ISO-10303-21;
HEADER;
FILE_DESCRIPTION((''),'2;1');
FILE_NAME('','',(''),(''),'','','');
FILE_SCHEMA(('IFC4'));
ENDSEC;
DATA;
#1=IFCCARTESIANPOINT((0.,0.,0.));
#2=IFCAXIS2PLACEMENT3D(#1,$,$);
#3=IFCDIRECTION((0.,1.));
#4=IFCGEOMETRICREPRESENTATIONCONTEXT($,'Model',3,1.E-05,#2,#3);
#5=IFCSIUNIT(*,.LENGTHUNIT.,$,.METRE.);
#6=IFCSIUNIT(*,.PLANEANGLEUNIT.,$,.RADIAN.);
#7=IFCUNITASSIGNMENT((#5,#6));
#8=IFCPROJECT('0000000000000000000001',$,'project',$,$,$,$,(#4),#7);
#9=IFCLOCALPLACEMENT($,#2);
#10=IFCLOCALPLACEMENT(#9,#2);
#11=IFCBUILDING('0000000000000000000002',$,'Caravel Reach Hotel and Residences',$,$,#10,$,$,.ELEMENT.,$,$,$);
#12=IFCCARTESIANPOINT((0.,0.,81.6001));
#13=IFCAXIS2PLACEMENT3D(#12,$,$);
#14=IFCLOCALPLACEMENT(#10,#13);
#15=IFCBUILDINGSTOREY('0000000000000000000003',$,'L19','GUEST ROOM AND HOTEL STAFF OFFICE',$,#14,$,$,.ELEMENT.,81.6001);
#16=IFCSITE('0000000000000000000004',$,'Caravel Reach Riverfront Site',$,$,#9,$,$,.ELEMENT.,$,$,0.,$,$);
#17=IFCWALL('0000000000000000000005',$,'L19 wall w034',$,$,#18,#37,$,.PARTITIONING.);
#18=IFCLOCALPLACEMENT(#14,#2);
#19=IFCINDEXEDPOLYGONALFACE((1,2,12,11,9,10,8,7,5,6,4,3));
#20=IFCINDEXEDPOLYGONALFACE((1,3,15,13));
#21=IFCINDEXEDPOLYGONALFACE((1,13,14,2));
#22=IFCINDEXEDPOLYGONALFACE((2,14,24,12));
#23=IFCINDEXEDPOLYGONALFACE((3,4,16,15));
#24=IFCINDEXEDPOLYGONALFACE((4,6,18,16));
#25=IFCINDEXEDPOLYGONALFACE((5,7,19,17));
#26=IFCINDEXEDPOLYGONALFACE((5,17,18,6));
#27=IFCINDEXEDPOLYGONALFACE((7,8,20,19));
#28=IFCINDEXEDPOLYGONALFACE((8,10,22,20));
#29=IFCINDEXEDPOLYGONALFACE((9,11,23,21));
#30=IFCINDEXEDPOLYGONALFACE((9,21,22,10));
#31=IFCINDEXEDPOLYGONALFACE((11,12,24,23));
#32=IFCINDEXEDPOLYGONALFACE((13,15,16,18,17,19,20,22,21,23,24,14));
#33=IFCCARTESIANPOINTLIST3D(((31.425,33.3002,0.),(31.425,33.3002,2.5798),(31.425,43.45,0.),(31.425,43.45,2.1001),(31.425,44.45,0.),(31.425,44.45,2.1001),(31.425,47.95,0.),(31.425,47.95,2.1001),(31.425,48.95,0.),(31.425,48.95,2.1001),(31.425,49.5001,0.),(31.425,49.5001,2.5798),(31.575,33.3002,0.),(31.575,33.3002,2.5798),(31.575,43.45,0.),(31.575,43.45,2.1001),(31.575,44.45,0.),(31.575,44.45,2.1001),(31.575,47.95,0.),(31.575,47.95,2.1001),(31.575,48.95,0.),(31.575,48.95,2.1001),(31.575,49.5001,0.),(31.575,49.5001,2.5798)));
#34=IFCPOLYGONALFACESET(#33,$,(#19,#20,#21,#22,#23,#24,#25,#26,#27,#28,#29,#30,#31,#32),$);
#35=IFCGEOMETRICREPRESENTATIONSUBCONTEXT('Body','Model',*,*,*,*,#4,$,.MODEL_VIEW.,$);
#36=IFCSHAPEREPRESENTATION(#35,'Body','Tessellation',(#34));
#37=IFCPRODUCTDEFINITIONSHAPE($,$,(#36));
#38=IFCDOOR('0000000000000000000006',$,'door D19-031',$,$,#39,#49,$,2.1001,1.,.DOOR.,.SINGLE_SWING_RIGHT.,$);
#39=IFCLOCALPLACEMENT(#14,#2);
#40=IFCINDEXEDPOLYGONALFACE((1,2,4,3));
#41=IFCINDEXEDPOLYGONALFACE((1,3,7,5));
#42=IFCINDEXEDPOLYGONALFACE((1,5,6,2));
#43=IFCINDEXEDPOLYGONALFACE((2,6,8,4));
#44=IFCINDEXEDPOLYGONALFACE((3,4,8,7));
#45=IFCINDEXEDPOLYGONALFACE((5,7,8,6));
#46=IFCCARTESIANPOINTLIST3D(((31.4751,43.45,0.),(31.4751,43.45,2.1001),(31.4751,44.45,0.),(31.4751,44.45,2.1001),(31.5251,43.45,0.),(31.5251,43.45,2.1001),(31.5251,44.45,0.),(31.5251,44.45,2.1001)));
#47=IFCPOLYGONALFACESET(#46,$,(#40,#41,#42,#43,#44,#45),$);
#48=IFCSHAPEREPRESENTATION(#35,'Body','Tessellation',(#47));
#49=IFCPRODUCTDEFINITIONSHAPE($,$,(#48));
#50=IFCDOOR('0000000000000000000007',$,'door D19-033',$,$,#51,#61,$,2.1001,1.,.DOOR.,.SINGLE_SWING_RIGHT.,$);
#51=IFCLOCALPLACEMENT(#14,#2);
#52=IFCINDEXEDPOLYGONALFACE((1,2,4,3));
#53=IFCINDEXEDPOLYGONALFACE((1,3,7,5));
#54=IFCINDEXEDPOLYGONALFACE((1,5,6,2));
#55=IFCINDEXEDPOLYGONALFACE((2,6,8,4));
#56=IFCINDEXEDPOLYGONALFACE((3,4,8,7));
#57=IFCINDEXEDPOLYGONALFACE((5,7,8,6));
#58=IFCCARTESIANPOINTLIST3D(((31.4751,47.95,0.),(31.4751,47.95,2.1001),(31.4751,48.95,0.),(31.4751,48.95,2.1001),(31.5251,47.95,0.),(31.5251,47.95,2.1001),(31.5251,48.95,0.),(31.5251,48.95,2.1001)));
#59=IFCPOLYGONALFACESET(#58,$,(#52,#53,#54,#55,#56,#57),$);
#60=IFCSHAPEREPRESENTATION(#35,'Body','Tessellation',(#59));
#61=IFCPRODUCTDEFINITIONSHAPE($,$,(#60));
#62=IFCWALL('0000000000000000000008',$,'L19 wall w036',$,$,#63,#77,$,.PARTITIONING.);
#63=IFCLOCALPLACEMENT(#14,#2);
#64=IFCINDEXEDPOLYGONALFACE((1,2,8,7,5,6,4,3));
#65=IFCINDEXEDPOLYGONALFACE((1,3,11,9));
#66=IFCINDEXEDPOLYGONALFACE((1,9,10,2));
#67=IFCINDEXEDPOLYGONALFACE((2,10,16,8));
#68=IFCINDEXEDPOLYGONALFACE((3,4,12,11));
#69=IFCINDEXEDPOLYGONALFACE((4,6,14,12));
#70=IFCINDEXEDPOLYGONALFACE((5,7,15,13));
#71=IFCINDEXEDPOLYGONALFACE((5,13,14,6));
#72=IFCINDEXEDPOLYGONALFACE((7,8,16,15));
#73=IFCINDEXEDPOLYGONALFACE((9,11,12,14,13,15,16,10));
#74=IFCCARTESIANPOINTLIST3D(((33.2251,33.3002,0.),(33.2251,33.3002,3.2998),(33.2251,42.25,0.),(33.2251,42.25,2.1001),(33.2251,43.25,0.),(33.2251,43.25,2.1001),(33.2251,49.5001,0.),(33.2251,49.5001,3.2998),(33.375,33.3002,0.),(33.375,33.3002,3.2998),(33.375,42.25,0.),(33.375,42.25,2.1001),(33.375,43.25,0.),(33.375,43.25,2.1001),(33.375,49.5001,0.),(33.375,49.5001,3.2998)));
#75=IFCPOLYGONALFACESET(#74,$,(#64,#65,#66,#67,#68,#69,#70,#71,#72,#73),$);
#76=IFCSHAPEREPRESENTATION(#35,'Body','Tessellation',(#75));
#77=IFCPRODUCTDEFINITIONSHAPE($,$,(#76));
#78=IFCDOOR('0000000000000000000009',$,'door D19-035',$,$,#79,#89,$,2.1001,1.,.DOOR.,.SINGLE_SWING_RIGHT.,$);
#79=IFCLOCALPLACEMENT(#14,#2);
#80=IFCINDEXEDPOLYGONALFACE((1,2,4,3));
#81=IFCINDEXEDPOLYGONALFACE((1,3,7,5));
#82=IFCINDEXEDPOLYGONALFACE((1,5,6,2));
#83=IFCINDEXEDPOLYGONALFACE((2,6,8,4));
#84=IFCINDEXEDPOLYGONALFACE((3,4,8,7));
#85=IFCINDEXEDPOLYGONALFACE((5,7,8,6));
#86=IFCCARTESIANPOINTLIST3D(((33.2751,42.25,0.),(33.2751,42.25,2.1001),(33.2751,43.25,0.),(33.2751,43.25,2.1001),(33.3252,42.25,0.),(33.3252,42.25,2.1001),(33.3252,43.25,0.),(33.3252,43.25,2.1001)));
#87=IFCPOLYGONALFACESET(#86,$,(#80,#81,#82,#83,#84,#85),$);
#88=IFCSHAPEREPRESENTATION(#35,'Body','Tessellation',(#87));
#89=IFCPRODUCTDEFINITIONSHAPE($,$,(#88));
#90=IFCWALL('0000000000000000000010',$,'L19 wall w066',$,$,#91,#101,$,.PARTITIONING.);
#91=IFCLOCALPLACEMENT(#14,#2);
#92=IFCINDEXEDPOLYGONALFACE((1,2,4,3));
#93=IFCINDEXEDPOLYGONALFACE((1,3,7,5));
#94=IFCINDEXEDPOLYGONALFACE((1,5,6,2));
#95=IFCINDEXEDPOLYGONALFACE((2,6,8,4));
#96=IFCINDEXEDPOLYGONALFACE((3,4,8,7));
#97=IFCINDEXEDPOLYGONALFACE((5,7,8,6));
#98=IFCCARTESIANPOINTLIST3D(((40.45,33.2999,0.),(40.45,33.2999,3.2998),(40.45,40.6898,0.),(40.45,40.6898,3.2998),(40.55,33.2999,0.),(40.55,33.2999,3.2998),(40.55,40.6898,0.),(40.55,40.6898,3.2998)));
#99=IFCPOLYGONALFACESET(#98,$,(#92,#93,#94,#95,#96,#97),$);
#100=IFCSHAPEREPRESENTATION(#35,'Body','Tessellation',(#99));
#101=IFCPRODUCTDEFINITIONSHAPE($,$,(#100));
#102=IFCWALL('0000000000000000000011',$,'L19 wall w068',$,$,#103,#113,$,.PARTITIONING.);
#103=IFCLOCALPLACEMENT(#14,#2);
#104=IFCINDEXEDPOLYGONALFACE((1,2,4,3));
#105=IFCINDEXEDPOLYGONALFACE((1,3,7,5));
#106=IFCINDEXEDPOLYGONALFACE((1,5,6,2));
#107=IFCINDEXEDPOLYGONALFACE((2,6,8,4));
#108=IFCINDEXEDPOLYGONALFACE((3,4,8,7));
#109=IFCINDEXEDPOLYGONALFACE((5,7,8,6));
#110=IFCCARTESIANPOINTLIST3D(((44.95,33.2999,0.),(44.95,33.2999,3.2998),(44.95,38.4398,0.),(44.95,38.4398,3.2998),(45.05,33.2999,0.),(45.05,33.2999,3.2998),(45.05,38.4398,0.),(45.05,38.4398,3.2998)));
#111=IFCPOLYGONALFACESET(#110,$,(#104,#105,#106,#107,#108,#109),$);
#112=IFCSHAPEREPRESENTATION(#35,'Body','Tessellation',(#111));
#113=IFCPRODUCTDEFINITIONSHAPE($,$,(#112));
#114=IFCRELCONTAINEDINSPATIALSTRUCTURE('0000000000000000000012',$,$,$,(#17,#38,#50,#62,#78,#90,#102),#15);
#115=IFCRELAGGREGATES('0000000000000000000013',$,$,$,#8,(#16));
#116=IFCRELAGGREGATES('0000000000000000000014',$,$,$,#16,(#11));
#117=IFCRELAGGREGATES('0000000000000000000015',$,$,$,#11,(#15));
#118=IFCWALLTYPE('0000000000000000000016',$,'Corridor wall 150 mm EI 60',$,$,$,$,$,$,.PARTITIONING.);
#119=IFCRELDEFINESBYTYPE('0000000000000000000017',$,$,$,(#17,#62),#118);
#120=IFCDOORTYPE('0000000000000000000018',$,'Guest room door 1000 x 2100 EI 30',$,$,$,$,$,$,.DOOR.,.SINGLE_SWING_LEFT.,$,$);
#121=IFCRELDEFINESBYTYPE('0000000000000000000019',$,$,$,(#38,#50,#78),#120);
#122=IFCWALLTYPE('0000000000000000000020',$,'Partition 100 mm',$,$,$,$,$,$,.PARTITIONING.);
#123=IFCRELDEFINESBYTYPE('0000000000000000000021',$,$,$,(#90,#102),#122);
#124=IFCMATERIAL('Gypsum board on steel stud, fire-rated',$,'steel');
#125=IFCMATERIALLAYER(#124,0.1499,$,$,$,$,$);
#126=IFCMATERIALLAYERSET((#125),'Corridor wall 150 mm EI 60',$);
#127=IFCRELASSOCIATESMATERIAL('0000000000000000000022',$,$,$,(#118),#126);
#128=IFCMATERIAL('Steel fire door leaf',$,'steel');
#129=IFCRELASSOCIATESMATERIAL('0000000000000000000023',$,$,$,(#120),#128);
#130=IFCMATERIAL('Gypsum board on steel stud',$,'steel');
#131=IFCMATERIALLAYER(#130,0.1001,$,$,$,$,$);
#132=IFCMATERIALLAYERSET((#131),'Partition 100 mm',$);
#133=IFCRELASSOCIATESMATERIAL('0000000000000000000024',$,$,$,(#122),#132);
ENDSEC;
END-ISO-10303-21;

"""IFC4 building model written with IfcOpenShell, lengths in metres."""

from ifc_helpers import new_model, si_unit, direction, frame, frame_2d, origin, place, context, subcontext, project, spatial, rectangle, extrude, material, layer, layer_set, type_object, element, fill, save


model = new_model("IFC4")

# Units and contexts
model_context = context("Model", 3, precision=1e-05, world=origin(), true_north=direction((0.0, 1.0)))
body_context = subcontext(model_context, "Body", "Model", "MODEL_VIEW")
ifc_project = project(units=[si_unit("LENGTHUNIT", "METRE"), si_unit("PLANEANGLEUNIT", "RADIAN")], contexts=[model_context])

# Site, building, storey
site_placement = place(None, origin())
site = spatial("IfcSite", under=ifc_project, at=site_placement, Name="Caravel Reach Riverfront Site", CompositionType="ELEMENT", RefElevation=0.0)
building_placement = place(site_placement, origin())
building = spatial("IfcBuilding", under=site, at=building_placement, Name="Caravel Reach Hotel and Residences", CompositionType="ELEMENT")
storey_placement = place(building_placement, frame((0.0, 0.0, 81.6001)))
storey = spatial("IfcBuildingStorey", under=building, at=storey_placement, Name="L19", Description="GUEST ROOM AND HOTEL STAFF OFFICE", CompositionType="ELEMENT", Elevation=81.6001)

# Wall, openings, doors
ifc_material_1 = material(Name="Gypsum board on steel stud, fire-rated", Category="steel")
ifc_layer_1 = layer(ifc_material_1, 0.1499)
ifc_layer_set_1 = layer_set([ifc_layer_1], Name="Corridor wall 150 mm EI 60")
wall_type_1 = type_object("IfcWallType", Name="Corridor wall 150 mm EI 60", PredefinedType="PARTITIONING", material=ifc_layer_set_1)
ifc_material_2 = material(Name="Steel fire door leaf", Category="steel")
door_type_1 = type_object("IfcDoorType", Name="Guest room door 1000 x 2100 EI 30", OperationType="SINGLE_SWING_LEFT", PredefinedType="DOOR", material=ifc_material_2)
wall_1_placement = place(storey_placement, frame((31.5, 33.3, 0.0), z_axis=(0.0, 0.0, 1.0), x_axis=(0.0, 1.0, 0.0)))
wall_1 = element("IfcWall", 1, at=wall_1_placement, inside=storey, type_object=wall_type_1, Name="L19 wall w034", PredefinedType="PARTITIONING", context=body_context, shape_type="SweptSolid", body=[
    extrude(rectangle(XDim=16.2, YDim=0.1499, at=frame_2d((8.1001, 0.0))), origin(), (0.0, 0.0, 1.0), 2.5798),
])
opening_1_placement = place(wall_1_placement, frame((10.1499, 0.0, 0.0)))
opening_1 = element("IfcOpeningElement", 2, at=opening_1_placement, cuts=wall_1, PredefinedType="OPENING", context=body_context, shape_type="SweptSolid", body=[
    extrude(rectangle(XDim=1.0, YDim=2.1001, at=frame_2d((0.5, 1.05))), frame((0.0, 0.085, 0.0), z_axis=(0.0, -1.0, 0.0), x_axis=(1.0, 0.0, 0.0)), (0.0, 0.0, 1.0), 0.1699),
])
opening_2_placement = place(wall_1_placement, frame((14.6499, 0.0, 0.0)))
opening_2 = element("IfcOpeningElement", 3, at=opening_2_placement, cuts=wall_1, PredefinedType="OPENING", context=body_context, shape_type="SweptSolid", body=[
    extrude(rectangle(XDim=1.0, YDim=2.1001, at=frame_2d((0.5, 1.05))), frame((0.0, 0.085, 0.0), z_axis=(0.0, -1.0, 0.0), x_axis=(1.0, 0.0, 0.0)), (0.0, 0.0, 1.0), 0.1699),
])
door_1_placement = place(opening_1_placement, origin())
door_1 = element("IfcDoor", 4, at=door_1_placement, inside=storey, type_object=door_type_1, Name="door D19-031", OperationType="SINGLE_SWING_RIGHT", OverallHeight=2.1001, OverallWidth=1.0, PredefinedType="DOOR", context=body_context, shape_type="SweptSolid", body=[
    extrude(rectangle(XDim=1.0, YDim=2.1001, at=frame_2d((0.5, 1.05))), frame((0.0, 0.0249, 0.0), z_axis=(0.0, -1.0, 0.0), x_axis=(1.0, 0.0, 0.0)), (0.0, 0.0, 1.0), 0.05),
])
fill(opening_1, door_1)
door_2_placement = place(opening_2_placement, origin())
door_2 = element("IfcDoor", 5, at=door_2_placement, inside=storey, type_object=door_type_1, Name="door D19-033", OperationType="SINGLE_SWING_RIGHT", OverallHeight=2.1001, OverallWidth=1.0, PredefinedType="DOOR", context=body_context, shape_type="SweptSolid", body=[
    extrude(rectangle(XDim=1.0, YDim=2.1001, at=frame_2d((0.5, 1.05))), frame((0.0, 0.0249, 0.0), z_axis=(0.0, -1.0, 0.0), x_axis=(1.0, 0.0, 0.0)), (0.0, 0.0, 1.0), 0.05),
])
fill(opening_2, door_2)

# Wall, opening, door
wall_2_placement = place(storey_placement, frame((33.3, 33.3, 0.0), z_axis=(0.0, 0.0, 1.0), x_axis=(0.0, 1.0, 0.0)))
wall_2 = element("IfcWall", 6, at=wall_2_placement, inside=storey, type_object=wall_type_1, Name="L19 wall w036", PredefinedType="PARTITIONING", context=body_context, shape_type="SweptSolid", body=[
    extrude(rectangle(XDim=16.2, YDim=0.1499, at=frame_2d((8.1001, 0.0))), origin(), (0.0, 0.0, 1.0), 3.2998),
])
opening_3_placement = place(wall_2_placement, frame((8.95, 0.0, 0.0)))
opening_3 = element("IfcOpeningElement", 7, at=opening_3_placement, cuts=wall_2, PredefinedType="OPENING", context=body_context, shape_type="SweptSolid", body=[
    extrude(rectangle(XDim=1.0, YDim=2.1001, at=frame_2d((0.5, 1.05))), frame((0.0, 0.085, 0.0), z_axis=(0.0, -1.0, 0.0), x_axis=(1.0, 0.0, 0.0)), (0.0, 0.0, 1.0), 0.1699),
])
door_3_placement = place(opening_3_placement, origin())
door_3 = element("IfcDoor", 8, at=door_3_placement, inside=storey, type_object=door_type_1, Name="door D19-035", OperationType="SINGLE_SWING_RIGHT", OverallHeight=2.1001, OverallWidth=1.0, PredefinedType="DOOR", context=body_context, shape_type="SweptSolid", body=[
    extrude(rectangle(XDim=1.0, YDim=2.1001, at=frame_2d((0.5, 1.05))), frame((0.0, 0.0249, 0.0), z_axis=(0.0, -1.0, 0.0), x_axis=(1.0, 0.0, 0.0)), (0.0, 0.0, 1.0), 0.05),
])
fill(opening_3, door_3)

# Walls
ifc_material_3 = material(Name="Gypsum board on steel stud", Category="steel")
ifc_layer_2 = layer(ifc_material_3, 0.1001)
ifc_layer_set_2 = layer_set([ifc_layer_2], Name="Partition 100 mm")
wall_type_2 = type_object("IfcWallType", Name="Partition 100 mm", PredefinedType="PARTITIONING", material=ifc_layer_set_2)
wall_3_placement = place(storey_placement, frame((40.5, 33.3, 0.0), z_axis=(0.0, 0.0, 1.0), x_axis=(0.0, 1.0, 0.0)))
element("IfcWall", 9, at=wall_3_placement, inside=storey, type_object=wall_type_2, Name="L19 wall w066", PredefinedType="PARTITIONING", context=body_context, shape_type="SweptSolid", body=[
    extrude(rectangle(XDim=7.3899, YDim=0.1001, at=frame_2d((3.6948, 0.0))), origin(), (0.0, 0.0, 1.0), 3.2998),
])
wall_4_placement = place(storey_placement, frame((45.0, 33.3, 0.0), z_axis=(0.0, 0.0, 1.0), x_axis=(0.0, 1.0, 0.0)))
element("IfcWall", 10, at=wall_4_placement, inside=storey, type_object=wall_type_2, Name="L19 wall w068", PredefinedType="PARTITIONING", context=body_context, shape_type="SweptSolid", body=[
    extrude(rectangle(XDim=5.1399, YDim=0.1001, at=frame_2d((2.5698, 0.0))), origin(), (0.0, 0.0, 1.0), 3.2998),
])

save(model, "model.ifc")
